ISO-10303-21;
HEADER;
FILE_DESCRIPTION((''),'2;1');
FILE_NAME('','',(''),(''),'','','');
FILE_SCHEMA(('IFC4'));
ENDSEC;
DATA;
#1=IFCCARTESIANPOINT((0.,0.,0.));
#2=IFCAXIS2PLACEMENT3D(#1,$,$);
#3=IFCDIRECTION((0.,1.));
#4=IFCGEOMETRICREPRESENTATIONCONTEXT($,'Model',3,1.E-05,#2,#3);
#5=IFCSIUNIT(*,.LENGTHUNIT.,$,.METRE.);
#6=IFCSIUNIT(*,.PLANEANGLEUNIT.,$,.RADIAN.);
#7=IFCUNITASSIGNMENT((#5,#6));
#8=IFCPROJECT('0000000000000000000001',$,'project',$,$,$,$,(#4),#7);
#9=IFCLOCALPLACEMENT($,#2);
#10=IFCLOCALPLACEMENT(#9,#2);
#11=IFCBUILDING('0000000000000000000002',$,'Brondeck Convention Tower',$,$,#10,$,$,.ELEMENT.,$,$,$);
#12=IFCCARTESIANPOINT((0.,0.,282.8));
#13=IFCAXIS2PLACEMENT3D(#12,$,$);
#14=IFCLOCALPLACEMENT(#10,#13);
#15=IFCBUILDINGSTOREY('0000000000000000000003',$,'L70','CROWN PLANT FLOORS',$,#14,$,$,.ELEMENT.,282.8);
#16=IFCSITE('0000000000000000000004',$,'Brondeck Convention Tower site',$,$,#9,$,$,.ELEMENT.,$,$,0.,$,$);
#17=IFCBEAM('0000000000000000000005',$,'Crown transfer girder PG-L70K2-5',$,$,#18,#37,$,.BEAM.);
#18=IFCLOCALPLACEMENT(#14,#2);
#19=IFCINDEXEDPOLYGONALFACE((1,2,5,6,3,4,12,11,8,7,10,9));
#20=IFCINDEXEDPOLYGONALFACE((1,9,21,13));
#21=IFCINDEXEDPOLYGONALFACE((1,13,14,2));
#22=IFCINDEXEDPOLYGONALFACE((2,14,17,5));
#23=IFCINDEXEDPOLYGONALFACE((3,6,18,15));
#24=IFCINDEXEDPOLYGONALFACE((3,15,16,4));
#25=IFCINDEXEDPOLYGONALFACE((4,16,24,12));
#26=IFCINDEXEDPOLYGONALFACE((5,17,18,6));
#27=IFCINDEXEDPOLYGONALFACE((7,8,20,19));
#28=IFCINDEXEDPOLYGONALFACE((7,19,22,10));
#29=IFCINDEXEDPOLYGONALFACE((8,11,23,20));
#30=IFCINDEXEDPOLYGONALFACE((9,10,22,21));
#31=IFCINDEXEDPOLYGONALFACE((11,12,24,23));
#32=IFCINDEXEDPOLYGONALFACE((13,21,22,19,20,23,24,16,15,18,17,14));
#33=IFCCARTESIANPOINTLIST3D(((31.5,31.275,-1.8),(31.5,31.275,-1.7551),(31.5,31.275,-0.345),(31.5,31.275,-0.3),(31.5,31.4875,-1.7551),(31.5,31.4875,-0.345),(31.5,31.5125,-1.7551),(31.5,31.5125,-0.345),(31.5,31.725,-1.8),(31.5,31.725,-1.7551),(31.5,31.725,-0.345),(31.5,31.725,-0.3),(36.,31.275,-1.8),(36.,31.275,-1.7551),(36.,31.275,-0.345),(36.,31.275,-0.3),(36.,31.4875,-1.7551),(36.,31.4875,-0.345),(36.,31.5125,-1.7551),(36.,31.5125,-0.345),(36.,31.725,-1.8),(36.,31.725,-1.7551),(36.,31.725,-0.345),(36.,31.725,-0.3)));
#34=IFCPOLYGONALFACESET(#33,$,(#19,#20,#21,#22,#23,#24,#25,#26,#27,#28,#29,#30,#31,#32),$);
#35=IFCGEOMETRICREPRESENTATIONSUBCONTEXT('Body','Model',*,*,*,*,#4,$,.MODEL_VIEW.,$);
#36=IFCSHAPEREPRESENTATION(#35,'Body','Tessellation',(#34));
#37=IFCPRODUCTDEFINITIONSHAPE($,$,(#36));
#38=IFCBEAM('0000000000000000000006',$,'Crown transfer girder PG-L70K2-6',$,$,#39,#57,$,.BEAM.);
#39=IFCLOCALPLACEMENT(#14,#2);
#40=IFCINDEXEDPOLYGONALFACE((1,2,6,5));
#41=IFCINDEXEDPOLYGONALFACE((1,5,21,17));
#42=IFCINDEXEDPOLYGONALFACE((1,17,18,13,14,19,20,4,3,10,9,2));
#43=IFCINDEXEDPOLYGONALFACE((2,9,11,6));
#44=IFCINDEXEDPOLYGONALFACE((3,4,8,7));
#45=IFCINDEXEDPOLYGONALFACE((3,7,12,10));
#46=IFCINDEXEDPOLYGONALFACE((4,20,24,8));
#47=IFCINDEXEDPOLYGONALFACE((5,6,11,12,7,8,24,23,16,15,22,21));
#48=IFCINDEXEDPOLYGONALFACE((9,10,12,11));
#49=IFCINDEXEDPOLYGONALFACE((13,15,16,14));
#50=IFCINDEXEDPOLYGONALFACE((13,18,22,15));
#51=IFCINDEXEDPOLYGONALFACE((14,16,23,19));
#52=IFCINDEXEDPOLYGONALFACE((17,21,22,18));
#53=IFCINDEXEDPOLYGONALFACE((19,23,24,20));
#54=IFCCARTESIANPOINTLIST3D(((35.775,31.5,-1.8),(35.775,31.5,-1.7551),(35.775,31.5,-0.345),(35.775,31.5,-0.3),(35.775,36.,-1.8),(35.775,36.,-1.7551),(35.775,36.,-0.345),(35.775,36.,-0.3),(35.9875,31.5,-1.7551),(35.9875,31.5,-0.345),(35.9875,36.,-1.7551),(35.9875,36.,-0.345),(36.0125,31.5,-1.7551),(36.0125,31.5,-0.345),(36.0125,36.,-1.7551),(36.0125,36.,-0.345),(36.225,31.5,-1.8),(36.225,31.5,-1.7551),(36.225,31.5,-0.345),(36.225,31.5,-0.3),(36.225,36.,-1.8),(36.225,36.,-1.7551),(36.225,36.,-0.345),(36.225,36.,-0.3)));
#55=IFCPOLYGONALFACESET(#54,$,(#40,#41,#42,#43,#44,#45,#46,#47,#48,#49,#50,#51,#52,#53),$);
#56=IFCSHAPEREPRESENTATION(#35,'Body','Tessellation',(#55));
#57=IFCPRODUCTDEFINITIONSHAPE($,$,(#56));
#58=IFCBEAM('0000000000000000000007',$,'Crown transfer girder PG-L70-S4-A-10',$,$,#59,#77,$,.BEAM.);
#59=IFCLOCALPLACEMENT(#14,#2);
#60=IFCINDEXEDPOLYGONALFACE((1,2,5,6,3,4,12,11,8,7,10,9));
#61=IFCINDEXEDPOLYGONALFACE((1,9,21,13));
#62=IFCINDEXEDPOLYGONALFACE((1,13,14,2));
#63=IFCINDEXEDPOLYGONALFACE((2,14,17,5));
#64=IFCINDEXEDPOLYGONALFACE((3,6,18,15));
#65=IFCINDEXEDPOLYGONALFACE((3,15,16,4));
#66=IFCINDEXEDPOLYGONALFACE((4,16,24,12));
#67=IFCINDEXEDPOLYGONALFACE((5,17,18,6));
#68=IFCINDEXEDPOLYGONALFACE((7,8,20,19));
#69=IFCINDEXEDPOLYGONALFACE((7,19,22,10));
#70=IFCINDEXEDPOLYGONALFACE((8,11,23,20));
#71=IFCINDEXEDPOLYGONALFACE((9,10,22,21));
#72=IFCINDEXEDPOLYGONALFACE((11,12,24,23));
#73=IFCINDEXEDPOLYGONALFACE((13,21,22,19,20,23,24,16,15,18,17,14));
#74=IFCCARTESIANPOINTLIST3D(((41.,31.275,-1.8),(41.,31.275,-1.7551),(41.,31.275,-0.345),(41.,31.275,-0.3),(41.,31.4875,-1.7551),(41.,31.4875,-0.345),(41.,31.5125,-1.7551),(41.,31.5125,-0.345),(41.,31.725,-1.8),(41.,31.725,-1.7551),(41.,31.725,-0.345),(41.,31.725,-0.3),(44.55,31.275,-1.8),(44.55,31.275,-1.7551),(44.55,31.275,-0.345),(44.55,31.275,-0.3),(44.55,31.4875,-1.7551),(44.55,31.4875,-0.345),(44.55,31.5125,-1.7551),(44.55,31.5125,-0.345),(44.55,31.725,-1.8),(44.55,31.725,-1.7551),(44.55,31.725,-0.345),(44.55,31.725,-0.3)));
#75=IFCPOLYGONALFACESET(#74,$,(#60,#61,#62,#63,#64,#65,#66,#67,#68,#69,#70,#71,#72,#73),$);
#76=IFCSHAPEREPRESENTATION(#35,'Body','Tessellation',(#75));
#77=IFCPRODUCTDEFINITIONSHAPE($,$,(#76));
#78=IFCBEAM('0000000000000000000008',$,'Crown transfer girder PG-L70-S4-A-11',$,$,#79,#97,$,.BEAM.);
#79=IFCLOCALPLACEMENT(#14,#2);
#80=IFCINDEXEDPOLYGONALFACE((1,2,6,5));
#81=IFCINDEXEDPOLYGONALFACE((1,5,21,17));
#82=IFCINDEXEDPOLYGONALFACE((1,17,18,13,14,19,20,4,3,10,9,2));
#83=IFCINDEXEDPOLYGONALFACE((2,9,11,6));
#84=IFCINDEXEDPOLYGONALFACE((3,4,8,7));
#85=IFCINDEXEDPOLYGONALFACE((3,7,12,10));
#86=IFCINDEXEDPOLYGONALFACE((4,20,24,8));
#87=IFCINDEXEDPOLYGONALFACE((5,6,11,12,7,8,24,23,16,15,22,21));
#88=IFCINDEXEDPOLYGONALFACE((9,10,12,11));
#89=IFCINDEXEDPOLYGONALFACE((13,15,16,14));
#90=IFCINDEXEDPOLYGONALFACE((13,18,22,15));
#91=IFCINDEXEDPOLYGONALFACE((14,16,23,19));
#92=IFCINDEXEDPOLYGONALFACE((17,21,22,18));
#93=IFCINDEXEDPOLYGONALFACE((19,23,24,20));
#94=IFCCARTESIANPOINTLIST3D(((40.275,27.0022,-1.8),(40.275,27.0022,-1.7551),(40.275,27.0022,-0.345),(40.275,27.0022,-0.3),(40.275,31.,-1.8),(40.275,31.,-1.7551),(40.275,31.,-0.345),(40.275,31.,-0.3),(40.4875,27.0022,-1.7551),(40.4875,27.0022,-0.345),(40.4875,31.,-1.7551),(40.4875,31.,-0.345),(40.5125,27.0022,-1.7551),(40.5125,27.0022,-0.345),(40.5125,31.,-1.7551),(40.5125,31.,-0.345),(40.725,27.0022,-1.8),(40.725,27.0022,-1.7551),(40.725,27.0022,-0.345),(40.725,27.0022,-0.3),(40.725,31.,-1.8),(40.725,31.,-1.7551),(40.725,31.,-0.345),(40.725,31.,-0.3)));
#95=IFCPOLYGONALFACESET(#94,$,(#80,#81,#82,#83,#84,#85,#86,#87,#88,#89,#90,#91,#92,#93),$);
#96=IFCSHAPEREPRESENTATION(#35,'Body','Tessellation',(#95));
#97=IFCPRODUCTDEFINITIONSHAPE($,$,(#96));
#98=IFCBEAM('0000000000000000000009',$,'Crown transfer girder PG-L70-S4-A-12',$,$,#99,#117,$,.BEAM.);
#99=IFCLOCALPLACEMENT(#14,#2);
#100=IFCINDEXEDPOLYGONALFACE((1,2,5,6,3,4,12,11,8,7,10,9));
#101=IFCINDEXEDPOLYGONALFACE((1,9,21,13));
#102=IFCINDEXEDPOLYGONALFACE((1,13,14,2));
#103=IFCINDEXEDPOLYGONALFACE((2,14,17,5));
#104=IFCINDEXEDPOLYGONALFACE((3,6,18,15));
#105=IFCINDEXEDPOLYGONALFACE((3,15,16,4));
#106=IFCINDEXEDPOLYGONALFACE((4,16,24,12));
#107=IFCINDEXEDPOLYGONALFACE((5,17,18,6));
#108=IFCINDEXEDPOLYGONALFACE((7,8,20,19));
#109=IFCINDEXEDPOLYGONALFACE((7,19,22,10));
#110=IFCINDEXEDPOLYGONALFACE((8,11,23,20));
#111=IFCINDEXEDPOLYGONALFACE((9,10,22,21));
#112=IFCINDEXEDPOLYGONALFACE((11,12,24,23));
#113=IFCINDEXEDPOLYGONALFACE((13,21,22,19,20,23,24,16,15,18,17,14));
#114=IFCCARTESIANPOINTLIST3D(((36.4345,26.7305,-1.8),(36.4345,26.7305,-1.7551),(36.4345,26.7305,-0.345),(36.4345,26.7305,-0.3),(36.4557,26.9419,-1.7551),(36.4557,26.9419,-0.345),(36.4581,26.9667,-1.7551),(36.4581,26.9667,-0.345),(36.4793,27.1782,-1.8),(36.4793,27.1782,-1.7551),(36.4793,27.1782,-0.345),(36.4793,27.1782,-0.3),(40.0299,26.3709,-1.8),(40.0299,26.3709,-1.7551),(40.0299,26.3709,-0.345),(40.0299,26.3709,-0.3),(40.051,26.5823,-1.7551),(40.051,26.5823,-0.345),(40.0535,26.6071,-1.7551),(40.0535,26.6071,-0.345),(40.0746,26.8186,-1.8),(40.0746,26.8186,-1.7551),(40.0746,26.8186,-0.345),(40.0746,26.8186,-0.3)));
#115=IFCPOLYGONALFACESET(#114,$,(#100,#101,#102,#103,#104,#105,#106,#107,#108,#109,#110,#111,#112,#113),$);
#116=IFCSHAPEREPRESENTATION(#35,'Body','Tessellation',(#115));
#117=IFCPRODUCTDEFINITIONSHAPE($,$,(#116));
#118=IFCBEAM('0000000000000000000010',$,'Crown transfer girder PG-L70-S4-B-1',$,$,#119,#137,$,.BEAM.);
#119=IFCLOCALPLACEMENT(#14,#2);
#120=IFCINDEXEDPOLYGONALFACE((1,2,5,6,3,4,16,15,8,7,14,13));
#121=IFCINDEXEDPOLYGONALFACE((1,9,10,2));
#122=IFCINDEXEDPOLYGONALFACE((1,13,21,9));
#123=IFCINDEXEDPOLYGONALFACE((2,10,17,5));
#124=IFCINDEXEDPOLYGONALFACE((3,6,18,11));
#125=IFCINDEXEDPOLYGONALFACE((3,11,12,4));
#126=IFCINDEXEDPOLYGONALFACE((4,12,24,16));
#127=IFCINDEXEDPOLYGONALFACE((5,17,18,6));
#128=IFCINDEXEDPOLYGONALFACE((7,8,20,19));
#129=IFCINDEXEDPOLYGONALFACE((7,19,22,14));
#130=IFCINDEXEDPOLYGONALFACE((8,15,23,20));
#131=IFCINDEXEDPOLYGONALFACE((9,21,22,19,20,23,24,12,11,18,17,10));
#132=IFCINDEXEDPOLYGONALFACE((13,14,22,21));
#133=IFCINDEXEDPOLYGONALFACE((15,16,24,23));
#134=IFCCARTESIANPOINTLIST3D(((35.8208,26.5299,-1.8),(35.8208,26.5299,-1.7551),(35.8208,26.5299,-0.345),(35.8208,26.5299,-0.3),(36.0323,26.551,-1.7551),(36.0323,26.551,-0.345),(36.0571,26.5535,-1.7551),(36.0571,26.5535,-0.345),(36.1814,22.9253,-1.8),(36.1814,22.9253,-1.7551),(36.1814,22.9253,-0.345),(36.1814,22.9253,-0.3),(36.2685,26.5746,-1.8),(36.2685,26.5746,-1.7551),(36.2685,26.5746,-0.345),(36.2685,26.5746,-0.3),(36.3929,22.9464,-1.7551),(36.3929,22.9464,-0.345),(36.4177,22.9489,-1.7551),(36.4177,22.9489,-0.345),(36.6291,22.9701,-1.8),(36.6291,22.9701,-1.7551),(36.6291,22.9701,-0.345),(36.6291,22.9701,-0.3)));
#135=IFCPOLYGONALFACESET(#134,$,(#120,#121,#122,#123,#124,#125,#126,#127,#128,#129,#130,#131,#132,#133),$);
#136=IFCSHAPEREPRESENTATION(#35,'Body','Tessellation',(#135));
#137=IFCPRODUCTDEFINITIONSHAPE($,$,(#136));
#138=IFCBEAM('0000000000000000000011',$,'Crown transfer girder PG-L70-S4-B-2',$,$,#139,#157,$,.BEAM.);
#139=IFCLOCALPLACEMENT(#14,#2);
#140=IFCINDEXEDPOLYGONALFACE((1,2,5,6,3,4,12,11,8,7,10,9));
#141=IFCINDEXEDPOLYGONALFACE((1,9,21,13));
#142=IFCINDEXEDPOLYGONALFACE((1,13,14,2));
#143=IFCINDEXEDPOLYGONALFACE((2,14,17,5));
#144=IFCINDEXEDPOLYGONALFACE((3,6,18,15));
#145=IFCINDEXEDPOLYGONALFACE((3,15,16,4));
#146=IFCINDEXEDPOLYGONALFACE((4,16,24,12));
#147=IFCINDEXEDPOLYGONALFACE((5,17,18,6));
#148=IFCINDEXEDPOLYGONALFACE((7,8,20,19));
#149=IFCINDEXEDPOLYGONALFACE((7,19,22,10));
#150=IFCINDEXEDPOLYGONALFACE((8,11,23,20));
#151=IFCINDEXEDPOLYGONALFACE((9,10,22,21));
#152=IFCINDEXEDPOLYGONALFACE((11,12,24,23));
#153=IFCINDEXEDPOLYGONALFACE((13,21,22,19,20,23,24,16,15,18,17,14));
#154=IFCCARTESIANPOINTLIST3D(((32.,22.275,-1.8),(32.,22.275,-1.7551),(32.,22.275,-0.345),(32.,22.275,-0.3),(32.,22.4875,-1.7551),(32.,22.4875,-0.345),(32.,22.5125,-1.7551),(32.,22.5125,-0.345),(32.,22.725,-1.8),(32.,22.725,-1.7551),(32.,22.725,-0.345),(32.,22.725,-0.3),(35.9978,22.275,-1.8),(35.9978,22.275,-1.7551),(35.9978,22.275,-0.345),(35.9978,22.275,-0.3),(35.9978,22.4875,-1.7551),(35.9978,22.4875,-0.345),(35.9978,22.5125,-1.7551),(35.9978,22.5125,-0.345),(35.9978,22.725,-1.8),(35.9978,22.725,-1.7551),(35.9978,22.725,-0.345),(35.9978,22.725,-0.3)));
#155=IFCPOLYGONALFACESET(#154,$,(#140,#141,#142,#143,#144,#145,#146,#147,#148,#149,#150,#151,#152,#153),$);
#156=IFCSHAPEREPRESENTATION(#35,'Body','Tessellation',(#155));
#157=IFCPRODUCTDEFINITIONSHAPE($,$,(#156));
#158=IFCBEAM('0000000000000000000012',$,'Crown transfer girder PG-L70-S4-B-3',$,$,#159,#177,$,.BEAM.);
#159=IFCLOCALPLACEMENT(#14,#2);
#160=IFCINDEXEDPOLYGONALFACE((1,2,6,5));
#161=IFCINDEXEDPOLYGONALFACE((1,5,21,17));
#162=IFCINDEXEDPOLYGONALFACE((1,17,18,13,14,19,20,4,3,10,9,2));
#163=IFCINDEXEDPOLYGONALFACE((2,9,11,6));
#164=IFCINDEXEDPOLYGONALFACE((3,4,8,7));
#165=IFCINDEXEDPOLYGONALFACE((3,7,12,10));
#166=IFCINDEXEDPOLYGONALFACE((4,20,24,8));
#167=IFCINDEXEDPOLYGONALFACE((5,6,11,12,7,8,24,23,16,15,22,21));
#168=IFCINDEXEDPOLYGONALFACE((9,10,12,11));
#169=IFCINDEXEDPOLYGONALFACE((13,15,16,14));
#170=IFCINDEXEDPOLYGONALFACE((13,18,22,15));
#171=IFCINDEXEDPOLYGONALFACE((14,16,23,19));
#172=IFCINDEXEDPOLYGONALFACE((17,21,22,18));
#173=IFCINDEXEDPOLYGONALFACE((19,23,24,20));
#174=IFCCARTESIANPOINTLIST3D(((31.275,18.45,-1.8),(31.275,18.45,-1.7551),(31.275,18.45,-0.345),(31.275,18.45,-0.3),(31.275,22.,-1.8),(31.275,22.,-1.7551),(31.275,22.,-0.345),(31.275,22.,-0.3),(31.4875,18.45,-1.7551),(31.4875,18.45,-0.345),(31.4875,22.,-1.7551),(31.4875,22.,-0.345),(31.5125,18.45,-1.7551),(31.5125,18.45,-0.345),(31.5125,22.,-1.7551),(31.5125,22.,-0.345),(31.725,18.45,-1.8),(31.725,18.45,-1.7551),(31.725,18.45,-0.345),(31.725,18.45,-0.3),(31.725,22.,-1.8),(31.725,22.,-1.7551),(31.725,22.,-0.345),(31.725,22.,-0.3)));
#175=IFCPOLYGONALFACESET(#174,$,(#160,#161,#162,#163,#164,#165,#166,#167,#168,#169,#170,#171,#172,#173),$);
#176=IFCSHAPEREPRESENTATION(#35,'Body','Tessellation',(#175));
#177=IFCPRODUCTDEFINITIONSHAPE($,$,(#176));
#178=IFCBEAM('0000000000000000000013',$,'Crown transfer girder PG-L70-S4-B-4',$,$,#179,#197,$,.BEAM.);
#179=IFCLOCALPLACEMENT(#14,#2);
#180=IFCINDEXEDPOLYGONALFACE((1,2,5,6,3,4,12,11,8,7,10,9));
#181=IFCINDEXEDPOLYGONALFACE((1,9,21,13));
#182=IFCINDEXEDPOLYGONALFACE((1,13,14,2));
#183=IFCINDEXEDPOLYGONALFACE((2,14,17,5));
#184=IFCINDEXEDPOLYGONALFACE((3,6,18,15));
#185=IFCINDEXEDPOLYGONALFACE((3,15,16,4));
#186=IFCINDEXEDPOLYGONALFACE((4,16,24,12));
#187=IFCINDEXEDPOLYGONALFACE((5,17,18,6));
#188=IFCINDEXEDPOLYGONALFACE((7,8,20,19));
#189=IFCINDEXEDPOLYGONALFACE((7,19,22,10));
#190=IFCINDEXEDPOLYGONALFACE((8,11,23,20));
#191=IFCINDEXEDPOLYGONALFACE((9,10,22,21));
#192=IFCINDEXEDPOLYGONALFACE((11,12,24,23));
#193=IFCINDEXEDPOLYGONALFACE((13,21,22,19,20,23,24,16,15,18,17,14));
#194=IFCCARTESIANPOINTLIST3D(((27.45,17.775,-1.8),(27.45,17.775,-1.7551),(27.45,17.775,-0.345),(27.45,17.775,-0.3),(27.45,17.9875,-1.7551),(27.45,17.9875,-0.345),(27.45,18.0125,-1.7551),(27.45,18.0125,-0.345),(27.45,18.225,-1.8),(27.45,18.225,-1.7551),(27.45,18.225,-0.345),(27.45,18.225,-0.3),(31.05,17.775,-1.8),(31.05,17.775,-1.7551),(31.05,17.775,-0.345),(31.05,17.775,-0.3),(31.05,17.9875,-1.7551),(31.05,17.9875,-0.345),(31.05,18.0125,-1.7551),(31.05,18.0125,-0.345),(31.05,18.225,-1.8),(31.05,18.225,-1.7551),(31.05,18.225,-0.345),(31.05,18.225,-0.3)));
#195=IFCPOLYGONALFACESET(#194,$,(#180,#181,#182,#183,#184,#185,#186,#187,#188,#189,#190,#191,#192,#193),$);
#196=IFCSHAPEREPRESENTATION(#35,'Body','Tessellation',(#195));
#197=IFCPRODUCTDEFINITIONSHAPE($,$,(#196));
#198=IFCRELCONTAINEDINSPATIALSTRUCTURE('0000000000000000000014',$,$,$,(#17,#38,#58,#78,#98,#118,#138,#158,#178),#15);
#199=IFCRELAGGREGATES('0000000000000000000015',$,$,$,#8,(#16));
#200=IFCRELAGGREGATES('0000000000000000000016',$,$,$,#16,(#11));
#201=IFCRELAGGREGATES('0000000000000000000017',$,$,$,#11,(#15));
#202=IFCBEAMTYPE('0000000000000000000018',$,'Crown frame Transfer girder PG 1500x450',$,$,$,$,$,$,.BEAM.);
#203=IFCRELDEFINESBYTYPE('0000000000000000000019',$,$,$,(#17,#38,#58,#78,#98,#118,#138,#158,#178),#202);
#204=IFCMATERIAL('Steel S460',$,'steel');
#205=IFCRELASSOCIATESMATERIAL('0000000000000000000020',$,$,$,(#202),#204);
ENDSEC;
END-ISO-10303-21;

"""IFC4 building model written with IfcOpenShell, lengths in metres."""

from ifc_helpers import new_model, si_unit, direction, frame, origin, origin_2d, place, context, subcontext, project, spatial, i_section, extrude, material, material_profile, profile_set, type_object, element, save


model = new_model("IFC4")

# Units and contexts
model_context = context("Model", 3, precision=1e-05, world=origin(), true_north=direction((0.0, 1.0)))
body_context = subcontext(model_context, "Body", "Model", "MODEL_VIEW")
ifc_project = project(units=[si_unit("LENGTHUNIT", "METRE"), si_unit("PLANEANGLEUNIT", "RADIAN")], contexts=[model_context])

# Site, building, storey
site_placement = place(None, origin())
site = spatial("IfcSite", under=ifc_project, at=site_placement, Name="Brondeck Convention Tower site", CompositionType="ELEMENT", RefElevation=0.0)
building_placement = place(site_placement, origin())
building = spatial("IfcBuilding", under=site, at=building_placement, Name="Brondeck Convention Tower", CompositionType="ELEMENT")
storey_placement = place(building_placement, frame((0.0, 0.0, 282.8)))
storey = spatial("IfcBuildingStorey", under=building, at=storey_placement, Name="L70", Description="CROWN PLANT FLOORS", CompositionType="ELEMENT", Elevation=282.8)

# Beams
ifc_material_1 = material(Name="Steel S460", Category="steel")
ifc_material_profile_1 = material_profile(ifc_material_1, i_section(OverallWidth=0.45, OverallDepth=1.5, WebThickness=0.0249, FlangeThickness=0.0449, at=origin_2d()), Name="PG 1500x450")
ifc_profile_set_1 = profile_set([ifc_material_profile_1], Name="Steel S460")
beam_type = type_object("IfcBeamType", Name="Crown frame Transfer girder PG 1500x450", PredefinedType="BEAM", material=ifc_profile_set_1)
for number, where, z_axis, x_axis, name in (
    (1, (31.5, 31.5, -1.05), (1.0, 0.0, 0.0), (0.0, 1.0, 0.0), "Crown transfer girder PG-L70K2-5"),
    (2, (36.0, 31.5, -1.05), (0.0, 1.0, 0.0), (-1.0, 0.0, 0.0), "Crown transfer girder PG-L70K2-6"),
):
    element("IfcBeam", number, at=place(storey_placement, frame(where, z_axis=z_axis, x_axis=x_axis)), inside=storey, type_object=beam_type, Name=name, PredefinedType="BEAM", context=body_context, shape_type="SweptSolid", body=[
        extrude(i_section(OverallWidth=0.45, OverallDepth=1.5, WebThickness=0.0249, FlangeThickness=0.0449, at=origin_2d()), origin(), (0.0, 0.0, 1.0), 4.5),
    ])
beam_1_placement = place(storey_placement, frame((44.55, 31.5, -1.05), z_axis=(-1.0, 0.0, 0.0), x_axis=(0.0, -1.0, 0.0)))
element("IfcBeam", 3, at=beam_1_placement, inside=storey, type_object=beam_type, Name="Crown transfer girder PG-L70-S4-A-10", PredefinedType="BEAM", context=body_context, shape_type="SweptSolid", body=[
    extrude(i_section(OverallWidth=0.45, OverallDepth=1.5, WebThickness=0.0249, FlangeThickness=0.0449, at=origin_2d()), origin(), (0.0, 0.0, 1.0), 3.55),
])
beam_2_placement = place(storey_placement, frame((40.5, 31.0, -1.05), z_axis=(0.0, -1.0, 0.0), x_axis=(1.0, 0.0, 0.0)))
element("IfcBeam", 4, at=beam_2_placement, inside=storey, type_object=beam_type, Name="Crown transfer girder PG-L70-S4-A-11", PredefinedType="BEAM", context=body_context, shape_type="SweptSolid", body=[
    extrude(i_section(OverallWidth=0.45, OverallDepth=1.5, WebThickness=0.0249, FlangeThickness=0.0449, at=origin_2d()), origin(), (0.0, 0.0, 1.0), 3.9978),
])
beam_3_placement = place(storey_placement, frame((40.0522, 26.5947, -1.05), z_axis=(-0.995035, 0.099524, 0.0), x_axis=(-0.099524, -0.995035, 0.0)))
element("IfcBeam", 5, at=beam_3_placement, inside=storey, type_object=beam_type, Name="Crown transfer girder PG-L70-S4-A-12", PredefinedType="BEAM", context=body_context, shape_type="SweptSolid", body=[
    extrude(i_section(OverallWidth=0.45, OverallDepth=1.5, WebThickness=0.0249, FlangeThickness=0.0449, at=origin_2d()), origin(), (0.0, 0.0, 1.0), 3.6133),
])
beam_4_placement = place(storey_placement, frame((36.0447, 26.5522, -1.05), z_axis=(0.099544, -0.995033, 0.0), x_axis=(0.995033, 0.099544, 0.0)))
element("IfcBeam", 6, at=beam_4_placement, inside=storey, type_object=beam_type, Name="Crown transfer girder PG-L70-S4-B-1", PredefinedType="BEAM", context=body_context, shape_type="SweptSolid", body=[
    extrude(i_section(OverallWidth=0.45, OverallDepth=1.5, WebThickness=0.0249, FlangeThickness=0.0449, at=origin_2d()), origin(), (0.0, 0.0, 1.0), 3.6226),
])
beam_5_placement = place(storey_placement, frame((35.9978, 22.5, -1.05), z_axis=(-1.0, 0.0, 0.0), x_axis=(0.0, -1.0, 0.0)))
element("IfcBeam", 7, at=beam_5_placement, inside=storey, type_object=beam_type, Name="Crown transfer girder PG-L70-S4-B-2", PredefinedType="BEAM", context=body_context, shape_type="SweptSolid", body=[
    extrude(i_section(OverallWidth=0.45, OverallDepth=1.5, WebThickness=0.0249, FlangeThickness=0.0449, at=origin_2d()), origin(), (0.0, 0.0, 1.0), 3.9978),
])
beam_6_placement = place(storey_placement, frame((31.5, 22.0, -1.05), z_axis=(0.0, -1.0, 0.0), x_axis=(1.0, 0.0, 0.0)))
element("IfcBeam", 8, at=beam_6_placement, inside=storey, type_object=beam_type, Name="Crown transfer girder PG-L70-S4-B-3", PredefinedType="BEAM", context=body_context, shape_type="SweptSolid", body=[
    extrude(i_section(OverallWidth=0.45, OverallDepth=1.5, WebThickness=0.0249, FlangeThickness=0.0449, at=origin_2d()), origin(), (0.0, 0.0, 1.0), 3.55),
])
beam_7_placement = place(storey_placement, frame((31.05, 18.0, -1.05), z_axis=(-1.0, 0.0, 0.0), x_axis=(0.0, -1.0, 0.0)))
element("IfcBeam", 9, at=beam_7_placement, inside=storey, type_object=beam_type, Name="Crown transfer girder PG-L70-S4-B-4", PredefinedType="BEAM", context=body_context, shape_type="SweptSolid", body=[
    extrude(i_section(OverallWidth=0.45, OverallDepth=1.5, WebThickness=0.0249, FlangeThickness=0.0449, at=origin_2d()), origin(), (0.0, 0.0, 1.0), 3.6001),
])

save(model, "model.ifc")
